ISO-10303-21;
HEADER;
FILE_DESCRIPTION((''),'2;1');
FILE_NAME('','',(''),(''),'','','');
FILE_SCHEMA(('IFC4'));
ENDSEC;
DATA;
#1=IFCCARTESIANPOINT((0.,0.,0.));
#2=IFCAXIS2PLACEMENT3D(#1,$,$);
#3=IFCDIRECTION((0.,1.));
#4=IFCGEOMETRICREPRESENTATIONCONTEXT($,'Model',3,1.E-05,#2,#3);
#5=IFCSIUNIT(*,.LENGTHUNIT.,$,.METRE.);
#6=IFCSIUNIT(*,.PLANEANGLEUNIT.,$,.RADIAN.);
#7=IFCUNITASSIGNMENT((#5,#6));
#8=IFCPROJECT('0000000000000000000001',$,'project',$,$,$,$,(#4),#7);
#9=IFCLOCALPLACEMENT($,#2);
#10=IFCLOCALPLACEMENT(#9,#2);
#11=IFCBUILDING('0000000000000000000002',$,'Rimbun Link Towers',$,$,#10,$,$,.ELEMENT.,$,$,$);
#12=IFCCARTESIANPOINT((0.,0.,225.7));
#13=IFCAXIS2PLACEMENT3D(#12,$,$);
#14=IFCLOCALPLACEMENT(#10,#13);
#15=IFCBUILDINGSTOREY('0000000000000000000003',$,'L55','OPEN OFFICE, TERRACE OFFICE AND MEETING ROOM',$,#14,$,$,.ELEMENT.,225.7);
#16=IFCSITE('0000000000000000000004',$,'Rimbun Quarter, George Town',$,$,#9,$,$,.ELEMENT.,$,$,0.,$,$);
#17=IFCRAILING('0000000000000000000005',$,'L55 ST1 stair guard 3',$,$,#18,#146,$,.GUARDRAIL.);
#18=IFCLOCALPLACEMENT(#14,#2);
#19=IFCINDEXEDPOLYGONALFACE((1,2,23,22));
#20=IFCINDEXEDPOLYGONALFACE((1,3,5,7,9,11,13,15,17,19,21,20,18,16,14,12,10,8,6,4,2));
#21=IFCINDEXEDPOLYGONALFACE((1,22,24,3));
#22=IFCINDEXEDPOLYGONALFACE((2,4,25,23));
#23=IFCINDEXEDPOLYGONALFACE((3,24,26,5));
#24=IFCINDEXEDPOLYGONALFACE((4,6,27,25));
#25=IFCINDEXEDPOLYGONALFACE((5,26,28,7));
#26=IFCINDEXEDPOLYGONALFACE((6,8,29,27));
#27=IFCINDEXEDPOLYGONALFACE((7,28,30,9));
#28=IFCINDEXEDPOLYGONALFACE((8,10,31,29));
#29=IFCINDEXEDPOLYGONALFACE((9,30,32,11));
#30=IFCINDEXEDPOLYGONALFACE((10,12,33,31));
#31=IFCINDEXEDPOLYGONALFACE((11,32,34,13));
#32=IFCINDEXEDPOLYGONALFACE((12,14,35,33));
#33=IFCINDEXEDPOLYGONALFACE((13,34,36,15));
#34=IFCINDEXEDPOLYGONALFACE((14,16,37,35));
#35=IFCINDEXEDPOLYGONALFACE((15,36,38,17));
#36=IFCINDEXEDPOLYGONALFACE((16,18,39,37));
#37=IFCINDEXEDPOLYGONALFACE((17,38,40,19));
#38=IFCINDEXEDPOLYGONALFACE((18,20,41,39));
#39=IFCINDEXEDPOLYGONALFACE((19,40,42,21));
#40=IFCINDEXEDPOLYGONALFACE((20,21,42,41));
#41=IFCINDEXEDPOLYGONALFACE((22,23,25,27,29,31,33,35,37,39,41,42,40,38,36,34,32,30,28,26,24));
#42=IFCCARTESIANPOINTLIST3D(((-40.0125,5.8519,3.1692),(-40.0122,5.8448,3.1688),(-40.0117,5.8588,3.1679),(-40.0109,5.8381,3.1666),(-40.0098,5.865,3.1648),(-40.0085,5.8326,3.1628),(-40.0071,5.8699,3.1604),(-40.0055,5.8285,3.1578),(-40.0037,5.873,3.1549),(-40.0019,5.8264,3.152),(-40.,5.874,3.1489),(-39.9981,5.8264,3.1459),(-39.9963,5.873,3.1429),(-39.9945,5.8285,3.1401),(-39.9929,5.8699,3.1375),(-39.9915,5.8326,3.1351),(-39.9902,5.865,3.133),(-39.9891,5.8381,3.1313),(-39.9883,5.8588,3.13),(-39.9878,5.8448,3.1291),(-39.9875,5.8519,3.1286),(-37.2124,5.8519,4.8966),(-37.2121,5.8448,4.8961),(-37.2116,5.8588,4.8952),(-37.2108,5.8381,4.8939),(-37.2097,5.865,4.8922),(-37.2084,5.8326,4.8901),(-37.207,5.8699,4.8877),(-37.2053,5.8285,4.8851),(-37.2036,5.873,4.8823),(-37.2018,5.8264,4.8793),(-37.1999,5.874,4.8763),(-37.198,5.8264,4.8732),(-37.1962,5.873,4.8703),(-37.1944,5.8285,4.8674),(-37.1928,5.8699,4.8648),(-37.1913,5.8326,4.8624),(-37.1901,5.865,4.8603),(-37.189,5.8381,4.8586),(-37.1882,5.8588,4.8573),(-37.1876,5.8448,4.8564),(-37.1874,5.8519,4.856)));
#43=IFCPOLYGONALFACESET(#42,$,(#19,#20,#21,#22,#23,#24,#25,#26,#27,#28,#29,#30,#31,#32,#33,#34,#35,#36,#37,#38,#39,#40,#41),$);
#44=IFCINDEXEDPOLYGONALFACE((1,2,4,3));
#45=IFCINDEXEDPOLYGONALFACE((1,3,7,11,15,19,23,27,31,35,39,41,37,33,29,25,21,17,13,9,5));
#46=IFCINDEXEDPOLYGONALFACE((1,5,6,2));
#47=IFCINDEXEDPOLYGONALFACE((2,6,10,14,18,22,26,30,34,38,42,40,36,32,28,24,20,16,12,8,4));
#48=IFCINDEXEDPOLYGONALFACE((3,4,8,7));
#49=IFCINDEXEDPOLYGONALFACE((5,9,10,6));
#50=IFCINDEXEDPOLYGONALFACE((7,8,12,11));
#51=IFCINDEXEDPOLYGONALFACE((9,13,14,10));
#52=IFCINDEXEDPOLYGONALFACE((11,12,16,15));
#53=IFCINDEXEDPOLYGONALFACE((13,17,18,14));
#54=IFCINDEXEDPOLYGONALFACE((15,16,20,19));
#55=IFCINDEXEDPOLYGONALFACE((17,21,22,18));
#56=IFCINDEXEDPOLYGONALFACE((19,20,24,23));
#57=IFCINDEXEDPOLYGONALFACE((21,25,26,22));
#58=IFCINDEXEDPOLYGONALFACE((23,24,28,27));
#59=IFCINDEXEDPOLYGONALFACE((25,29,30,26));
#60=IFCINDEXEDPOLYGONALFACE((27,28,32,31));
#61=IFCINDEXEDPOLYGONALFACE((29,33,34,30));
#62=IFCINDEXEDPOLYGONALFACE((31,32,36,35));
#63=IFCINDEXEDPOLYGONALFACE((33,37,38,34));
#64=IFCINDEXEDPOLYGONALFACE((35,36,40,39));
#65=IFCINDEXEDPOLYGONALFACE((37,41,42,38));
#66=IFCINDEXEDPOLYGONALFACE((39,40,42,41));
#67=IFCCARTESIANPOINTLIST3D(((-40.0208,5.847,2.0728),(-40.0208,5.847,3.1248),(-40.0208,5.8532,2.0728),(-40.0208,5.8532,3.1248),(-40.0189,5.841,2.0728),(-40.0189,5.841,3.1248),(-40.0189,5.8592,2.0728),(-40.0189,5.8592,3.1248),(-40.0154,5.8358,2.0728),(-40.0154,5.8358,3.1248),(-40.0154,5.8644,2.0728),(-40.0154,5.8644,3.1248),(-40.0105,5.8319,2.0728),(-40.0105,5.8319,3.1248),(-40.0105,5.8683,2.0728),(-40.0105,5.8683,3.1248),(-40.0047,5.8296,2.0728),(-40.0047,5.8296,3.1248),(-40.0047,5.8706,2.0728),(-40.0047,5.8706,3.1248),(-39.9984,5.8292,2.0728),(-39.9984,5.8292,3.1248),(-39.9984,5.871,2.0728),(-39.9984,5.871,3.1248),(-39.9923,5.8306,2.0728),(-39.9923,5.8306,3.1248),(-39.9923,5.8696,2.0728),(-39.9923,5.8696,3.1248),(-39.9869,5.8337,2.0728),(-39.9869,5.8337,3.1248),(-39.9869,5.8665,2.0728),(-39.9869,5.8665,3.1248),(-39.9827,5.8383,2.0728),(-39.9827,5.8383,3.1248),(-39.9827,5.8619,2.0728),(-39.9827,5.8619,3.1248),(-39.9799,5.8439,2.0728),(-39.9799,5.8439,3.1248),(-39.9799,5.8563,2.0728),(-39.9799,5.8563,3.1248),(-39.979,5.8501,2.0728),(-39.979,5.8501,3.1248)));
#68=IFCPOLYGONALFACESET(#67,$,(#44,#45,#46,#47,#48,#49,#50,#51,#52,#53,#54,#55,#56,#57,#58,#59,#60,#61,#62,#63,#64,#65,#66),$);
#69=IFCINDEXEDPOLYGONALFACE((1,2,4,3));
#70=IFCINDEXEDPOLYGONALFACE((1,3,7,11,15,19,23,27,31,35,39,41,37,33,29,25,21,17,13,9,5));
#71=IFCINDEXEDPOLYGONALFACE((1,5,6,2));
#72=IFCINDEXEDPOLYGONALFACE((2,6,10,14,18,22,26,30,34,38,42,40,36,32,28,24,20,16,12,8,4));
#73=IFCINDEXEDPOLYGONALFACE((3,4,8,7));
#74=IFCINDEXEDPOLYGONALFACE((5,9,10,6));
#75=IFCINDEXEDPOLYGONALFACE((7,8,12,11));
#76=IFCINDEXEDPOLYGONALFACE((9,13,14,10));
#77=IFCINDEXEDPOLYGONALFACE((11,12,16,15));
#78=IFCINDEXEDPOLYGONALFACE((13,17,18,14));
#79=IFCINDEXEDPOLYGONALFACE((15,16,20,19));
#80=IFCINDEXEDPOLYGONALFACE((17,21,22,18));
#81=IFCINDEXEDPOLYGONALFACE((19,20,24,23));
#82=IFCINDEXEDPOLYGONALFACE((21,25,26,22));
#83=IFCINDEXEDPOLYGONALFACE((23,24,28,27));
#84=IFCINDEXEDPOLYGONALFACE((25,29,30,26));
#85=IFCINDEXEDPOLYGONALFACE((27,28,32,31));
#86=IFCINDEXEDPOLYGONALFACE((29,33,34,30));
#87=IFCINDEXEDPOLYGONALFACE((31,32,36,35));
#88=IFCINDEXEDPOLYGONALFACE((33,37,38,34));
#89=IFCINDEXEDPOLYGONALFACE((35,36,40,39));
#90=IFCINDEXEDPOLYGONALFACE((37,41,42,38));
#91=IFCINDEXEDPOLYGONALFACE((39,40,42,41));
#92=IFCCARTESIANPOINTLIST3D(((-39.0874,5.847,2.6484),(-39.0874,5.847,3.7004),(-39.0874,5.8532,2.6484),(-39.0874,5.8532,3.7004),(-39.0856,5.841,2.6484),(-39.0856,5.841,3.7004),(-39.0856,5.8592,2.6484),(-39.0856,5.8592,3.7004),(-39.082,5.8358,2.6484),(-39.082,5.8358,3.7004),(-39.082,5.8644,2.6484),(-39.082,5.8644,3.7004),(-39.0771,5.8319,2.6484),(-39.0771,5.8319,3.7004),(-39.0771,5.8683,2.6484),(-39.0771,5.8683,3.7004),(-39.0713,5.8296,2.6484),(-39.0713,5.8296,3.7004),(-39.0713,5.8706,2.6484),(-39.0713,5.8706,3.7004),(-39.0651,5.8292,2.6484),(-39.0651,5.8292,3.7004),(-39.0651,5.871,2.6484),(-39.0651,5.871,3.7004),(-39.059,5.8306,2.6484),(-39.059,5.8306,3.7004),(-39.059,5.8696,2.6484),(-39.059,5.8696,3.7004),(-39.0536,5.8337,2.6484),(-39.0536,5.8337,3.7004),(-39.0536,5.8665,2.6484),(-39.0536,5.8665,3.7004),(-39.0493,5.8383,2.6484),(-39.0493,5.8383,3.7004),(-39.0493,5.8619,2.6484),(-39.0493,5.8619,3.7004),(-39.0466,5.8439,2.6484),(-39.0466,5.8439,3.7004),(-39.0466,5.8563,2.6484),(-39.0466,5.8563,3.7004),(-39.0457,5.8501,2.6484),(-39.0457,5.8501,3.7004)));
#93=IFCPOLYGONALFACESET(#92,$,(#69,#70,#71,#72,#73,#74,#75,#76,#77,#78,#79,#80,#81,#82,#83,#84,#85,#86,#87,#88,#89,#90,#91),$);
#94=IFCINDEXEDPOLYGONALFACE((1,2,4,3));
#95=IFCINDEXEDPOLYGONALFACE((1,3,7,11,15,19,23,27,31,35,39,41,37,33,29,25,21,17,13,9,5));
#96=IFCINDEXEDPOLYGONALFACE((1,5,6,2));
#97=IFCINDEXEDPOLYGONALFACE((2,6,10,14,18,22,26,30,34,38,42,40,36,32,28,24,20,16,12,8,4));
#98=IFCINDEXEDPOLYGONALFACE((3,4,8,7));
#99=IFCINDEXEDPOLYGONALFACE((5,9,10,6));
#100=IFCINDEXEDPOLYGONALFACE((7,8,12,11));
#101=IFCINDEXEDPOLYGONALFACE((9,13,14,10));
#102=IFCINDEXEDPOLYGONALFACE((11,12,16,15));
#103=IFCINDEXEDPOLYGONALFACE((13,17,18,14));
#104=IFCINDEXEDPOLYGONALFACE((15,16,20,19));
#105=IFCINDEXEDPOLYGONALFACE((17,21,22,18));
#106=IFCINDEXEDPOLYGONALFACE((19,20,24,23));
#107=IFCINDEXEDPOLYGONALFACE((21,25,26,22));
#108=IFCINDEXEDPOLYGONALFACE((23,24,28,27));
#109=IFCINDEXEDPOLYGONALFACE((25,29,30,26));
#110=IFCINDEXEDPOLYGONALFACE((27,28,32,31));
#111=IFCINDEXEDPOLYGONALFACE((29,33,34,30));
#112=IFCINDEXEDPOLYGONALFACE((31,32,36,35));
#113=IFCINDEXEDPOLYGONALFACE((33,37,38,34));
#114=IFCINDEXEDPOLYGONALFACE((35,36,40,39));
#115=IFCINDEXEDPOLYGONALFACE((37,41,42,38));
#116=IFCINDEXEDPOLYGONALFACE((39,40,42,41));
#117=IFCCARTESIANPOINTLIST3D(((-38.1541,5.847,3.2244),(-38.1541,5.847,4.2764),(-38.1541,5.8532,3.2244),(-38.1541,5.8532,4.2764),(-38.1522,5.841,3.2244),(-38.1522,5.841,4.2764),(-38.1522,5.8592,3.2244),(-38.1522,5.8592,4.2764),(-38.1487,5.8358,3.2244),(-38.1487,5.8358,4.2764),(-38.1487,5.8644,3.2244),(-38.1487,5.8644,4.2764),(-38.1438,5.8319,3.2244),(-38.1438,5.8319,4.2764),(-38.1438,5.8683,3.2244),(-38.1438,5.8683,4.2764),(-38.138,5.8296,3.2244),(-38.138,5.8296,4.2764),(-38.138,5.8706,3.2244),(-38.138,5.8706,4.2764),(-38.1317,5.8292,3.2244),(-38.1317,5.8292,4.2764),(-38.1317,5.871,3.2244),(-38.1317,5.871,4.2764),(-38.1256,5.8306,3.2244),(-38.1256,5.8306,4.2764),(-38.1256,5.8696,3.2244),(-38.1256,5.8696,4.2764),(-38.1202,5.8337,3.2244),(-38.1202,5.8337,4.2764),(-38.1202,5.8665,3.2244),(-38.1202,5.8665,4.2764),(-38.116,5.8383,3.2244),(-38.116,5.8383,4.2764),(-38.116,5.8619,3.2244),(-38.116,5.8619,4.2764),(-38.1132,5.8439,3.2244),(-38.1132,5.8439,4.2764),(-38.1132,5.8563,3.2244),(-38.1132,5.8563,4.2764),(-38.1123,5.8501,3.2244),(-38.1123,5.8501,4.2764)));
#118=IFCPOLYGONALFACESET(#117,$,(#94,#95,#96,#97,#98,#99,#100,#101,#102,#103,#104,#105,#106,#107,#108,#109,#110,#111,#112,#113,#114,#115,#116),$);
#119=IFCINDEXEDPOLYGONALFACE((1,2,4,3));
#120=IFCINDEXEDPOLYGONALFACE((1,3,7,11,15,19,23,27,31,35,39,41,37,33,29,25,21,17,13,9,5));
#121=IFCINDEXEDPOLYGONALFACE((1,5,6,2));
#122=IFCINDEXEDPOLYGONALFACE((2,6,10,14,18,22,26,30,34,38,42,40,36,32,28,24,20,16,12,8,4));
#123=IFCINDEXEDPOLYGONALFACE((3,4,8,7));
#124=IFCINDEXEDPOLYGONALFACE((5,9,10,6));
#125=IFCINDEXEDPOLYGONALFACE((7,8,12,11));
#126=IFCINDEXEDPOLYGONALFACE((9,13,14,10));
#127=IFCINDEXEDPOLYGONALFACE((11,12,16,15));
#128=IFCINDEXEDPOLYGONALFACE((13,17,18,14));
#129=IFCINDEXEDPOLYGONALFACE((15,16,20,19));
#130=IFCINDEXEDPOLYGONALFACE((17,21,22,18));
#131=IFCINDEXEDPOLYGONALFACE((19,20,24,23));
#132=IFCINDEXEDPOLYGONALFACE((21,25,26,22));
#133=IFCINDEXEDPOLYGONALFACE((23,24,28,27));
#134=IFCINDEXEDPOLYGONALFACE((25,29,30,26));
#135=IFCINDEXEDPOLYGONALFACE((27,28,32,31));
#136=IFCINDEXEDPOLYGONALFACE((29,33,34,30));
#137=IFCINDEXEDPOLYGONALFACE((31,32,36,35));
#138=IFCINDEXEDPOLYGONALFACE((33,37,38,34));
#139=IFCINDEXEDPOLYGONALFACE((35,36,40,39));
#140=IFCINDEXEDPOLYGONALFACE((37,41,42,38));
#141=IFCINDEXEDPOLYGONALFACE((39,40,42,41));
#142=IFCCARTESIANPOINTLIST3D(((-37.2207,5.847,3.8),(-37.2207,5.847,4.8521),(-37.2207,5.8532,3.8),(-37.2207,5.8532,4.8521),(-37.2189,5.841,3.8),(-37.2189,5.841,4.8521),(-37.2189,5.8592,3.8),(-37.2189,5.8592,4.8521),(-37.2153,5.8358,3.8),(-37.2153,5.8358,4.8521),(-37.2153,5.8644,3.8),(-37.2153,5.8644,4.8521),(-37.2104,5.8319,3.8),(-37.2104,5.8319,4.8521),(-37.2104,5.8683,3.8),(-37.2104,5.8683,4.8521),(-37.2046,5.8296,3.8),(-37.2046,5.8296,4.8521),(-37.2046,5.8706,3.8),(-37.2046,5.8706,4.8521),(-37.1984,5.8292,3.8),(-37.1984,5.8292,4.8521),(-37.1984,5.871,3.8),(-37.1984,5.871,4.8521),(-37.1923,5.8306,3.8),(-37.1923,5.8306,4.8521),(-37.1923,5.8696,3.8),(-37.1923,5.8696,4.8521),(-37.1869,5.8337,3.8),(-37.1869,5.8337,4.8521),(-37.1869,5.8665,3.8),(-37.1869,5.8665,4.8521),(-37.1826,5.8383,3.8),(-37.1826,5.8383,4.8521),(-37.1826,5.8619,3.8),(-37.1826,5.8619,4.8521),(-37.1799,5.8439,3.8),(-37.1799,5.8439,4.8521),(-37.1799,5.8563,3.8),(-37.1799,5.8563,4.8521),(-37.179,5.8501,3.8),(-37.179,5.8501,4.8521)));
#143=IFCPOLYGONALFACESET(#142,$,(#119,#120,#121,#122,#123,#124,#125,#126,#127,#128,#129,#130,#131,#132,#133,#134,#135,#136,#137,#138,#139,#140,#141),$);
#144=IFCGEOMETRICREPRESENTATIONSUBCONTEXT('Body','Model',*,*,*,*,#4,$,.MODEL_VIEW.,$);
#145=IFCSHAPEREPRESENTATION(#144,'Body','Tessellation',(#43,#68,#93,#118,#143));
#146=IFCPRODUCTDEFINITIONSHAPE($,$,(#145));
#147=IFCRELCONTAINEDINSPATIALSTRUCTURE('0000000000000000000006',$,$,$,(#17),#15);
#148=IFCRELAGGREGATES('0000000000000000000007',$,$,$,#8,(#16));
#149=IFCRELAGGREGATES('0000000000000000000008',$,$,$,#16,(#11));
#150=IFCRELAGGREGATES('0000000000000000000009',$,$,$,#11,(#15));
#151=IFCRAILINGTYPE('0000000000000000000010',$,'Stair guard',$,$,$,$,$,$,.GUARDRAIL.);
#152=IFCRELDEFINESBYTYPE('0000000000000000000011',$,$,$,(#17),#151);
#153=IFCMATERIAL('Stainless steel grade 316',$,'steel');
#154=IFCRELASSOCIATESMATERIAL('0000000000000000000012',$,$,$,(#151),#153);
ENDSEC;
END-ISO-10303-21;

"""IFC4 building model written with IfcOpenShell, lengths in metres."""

from ifc_helpers import new_model, si_unit, direction, frame, origin, origin_2d, place, context, subcontext, project, spatial, circle, extrude, material, type_object, element, save


model = new_model("IFC4")

# Units and contexts
model_context = context("Model", 3, precision=1e-05, world=origin(), true_north=direction((0.0, 1.0)))
body_context = subcontext(model_context, "Body", "Model", "MODEL_VIEW")
ifc_project = project(units=[si_unit("LENGTHUNIT", "METRE"), si_unit("PLANEANGLEUNIT", "RADIAN")], contexts=[model_context])

# Site, building, storey
site_placement = place(None, origin())
site = spatial("IfcSite", under=ifc_project, at=site_placement, Name="Rimbun Quarter, George Town", CompositionType="ELEMENT", RefElevation=0.0)
building_placement = place(site_placement, origin())
building = spatial("IfcBuilding", under=site, at=building_placement, Name="Rimbun Link Towers", CompositionType="ELEMENT")
storey_placement = place(building_placement, frame((0.0, 0.0, 225.7)))
storey = spatial("IfcBuildingStorey", under=building, at=storey_placement, Name="L55", Description="OPEN OFFICE, TERRACE OFFICE AND MEETING ROOM", CompositionType="ELEMENT", Elevation=225.7)

# Railing
ifc_material_1 = material(Name="Stainless steel grade 316", Category="steel")
railing_type_1 = type_object("IfcRailingType", Name="Stair guard", PredefinedType="GUARDRAIL", material=ifc_material_1)
railing_1_placement = place(storey_placement, frame((-40.0, 5.8501, 2.0728)))
element("IfcRailing", 1, at=railing_1_placement, inside=storey, type_object=railing_type_1, Name="L55 ST1 stair guard 3", PredefinedType="GUARDRAIL", context=body_context, shape_type="SweptSolid", body=[
    extrude(circle(Radius=0.0239, at=origin_2d()), frame((0.0, 0.0, 1.0762), z_axis=(0.85109, 0.0, 0.52502), x_axis=(0.0, 1.0, 0.0)), (0.0, 0.0, 1.0), 3.29),
    extrude(circle(Radius=0.021, at=origin_2d()), origin(), (0.0, 0.0, 1.0), 1.052),
    extrude(circle(Radius=0.021, at=origin_2d()), frame((0.9333, 0.0, 0.5757)), (0.0, 0.0, 1.0), 1.052),
    extrude(circle(Radius=0.021, at=origin_2d()), frame((1.8667, 0.0, 1.1516)), (0.0, 0.0, 1.0), 1.052),
    extrude(circle(Radius=0.021, at=origin_2d()), frame((2.8, 0.0, 1.7273)), (0.0, 0.0, 1.0), 1.052),
])

save(model, "model.ifc")
